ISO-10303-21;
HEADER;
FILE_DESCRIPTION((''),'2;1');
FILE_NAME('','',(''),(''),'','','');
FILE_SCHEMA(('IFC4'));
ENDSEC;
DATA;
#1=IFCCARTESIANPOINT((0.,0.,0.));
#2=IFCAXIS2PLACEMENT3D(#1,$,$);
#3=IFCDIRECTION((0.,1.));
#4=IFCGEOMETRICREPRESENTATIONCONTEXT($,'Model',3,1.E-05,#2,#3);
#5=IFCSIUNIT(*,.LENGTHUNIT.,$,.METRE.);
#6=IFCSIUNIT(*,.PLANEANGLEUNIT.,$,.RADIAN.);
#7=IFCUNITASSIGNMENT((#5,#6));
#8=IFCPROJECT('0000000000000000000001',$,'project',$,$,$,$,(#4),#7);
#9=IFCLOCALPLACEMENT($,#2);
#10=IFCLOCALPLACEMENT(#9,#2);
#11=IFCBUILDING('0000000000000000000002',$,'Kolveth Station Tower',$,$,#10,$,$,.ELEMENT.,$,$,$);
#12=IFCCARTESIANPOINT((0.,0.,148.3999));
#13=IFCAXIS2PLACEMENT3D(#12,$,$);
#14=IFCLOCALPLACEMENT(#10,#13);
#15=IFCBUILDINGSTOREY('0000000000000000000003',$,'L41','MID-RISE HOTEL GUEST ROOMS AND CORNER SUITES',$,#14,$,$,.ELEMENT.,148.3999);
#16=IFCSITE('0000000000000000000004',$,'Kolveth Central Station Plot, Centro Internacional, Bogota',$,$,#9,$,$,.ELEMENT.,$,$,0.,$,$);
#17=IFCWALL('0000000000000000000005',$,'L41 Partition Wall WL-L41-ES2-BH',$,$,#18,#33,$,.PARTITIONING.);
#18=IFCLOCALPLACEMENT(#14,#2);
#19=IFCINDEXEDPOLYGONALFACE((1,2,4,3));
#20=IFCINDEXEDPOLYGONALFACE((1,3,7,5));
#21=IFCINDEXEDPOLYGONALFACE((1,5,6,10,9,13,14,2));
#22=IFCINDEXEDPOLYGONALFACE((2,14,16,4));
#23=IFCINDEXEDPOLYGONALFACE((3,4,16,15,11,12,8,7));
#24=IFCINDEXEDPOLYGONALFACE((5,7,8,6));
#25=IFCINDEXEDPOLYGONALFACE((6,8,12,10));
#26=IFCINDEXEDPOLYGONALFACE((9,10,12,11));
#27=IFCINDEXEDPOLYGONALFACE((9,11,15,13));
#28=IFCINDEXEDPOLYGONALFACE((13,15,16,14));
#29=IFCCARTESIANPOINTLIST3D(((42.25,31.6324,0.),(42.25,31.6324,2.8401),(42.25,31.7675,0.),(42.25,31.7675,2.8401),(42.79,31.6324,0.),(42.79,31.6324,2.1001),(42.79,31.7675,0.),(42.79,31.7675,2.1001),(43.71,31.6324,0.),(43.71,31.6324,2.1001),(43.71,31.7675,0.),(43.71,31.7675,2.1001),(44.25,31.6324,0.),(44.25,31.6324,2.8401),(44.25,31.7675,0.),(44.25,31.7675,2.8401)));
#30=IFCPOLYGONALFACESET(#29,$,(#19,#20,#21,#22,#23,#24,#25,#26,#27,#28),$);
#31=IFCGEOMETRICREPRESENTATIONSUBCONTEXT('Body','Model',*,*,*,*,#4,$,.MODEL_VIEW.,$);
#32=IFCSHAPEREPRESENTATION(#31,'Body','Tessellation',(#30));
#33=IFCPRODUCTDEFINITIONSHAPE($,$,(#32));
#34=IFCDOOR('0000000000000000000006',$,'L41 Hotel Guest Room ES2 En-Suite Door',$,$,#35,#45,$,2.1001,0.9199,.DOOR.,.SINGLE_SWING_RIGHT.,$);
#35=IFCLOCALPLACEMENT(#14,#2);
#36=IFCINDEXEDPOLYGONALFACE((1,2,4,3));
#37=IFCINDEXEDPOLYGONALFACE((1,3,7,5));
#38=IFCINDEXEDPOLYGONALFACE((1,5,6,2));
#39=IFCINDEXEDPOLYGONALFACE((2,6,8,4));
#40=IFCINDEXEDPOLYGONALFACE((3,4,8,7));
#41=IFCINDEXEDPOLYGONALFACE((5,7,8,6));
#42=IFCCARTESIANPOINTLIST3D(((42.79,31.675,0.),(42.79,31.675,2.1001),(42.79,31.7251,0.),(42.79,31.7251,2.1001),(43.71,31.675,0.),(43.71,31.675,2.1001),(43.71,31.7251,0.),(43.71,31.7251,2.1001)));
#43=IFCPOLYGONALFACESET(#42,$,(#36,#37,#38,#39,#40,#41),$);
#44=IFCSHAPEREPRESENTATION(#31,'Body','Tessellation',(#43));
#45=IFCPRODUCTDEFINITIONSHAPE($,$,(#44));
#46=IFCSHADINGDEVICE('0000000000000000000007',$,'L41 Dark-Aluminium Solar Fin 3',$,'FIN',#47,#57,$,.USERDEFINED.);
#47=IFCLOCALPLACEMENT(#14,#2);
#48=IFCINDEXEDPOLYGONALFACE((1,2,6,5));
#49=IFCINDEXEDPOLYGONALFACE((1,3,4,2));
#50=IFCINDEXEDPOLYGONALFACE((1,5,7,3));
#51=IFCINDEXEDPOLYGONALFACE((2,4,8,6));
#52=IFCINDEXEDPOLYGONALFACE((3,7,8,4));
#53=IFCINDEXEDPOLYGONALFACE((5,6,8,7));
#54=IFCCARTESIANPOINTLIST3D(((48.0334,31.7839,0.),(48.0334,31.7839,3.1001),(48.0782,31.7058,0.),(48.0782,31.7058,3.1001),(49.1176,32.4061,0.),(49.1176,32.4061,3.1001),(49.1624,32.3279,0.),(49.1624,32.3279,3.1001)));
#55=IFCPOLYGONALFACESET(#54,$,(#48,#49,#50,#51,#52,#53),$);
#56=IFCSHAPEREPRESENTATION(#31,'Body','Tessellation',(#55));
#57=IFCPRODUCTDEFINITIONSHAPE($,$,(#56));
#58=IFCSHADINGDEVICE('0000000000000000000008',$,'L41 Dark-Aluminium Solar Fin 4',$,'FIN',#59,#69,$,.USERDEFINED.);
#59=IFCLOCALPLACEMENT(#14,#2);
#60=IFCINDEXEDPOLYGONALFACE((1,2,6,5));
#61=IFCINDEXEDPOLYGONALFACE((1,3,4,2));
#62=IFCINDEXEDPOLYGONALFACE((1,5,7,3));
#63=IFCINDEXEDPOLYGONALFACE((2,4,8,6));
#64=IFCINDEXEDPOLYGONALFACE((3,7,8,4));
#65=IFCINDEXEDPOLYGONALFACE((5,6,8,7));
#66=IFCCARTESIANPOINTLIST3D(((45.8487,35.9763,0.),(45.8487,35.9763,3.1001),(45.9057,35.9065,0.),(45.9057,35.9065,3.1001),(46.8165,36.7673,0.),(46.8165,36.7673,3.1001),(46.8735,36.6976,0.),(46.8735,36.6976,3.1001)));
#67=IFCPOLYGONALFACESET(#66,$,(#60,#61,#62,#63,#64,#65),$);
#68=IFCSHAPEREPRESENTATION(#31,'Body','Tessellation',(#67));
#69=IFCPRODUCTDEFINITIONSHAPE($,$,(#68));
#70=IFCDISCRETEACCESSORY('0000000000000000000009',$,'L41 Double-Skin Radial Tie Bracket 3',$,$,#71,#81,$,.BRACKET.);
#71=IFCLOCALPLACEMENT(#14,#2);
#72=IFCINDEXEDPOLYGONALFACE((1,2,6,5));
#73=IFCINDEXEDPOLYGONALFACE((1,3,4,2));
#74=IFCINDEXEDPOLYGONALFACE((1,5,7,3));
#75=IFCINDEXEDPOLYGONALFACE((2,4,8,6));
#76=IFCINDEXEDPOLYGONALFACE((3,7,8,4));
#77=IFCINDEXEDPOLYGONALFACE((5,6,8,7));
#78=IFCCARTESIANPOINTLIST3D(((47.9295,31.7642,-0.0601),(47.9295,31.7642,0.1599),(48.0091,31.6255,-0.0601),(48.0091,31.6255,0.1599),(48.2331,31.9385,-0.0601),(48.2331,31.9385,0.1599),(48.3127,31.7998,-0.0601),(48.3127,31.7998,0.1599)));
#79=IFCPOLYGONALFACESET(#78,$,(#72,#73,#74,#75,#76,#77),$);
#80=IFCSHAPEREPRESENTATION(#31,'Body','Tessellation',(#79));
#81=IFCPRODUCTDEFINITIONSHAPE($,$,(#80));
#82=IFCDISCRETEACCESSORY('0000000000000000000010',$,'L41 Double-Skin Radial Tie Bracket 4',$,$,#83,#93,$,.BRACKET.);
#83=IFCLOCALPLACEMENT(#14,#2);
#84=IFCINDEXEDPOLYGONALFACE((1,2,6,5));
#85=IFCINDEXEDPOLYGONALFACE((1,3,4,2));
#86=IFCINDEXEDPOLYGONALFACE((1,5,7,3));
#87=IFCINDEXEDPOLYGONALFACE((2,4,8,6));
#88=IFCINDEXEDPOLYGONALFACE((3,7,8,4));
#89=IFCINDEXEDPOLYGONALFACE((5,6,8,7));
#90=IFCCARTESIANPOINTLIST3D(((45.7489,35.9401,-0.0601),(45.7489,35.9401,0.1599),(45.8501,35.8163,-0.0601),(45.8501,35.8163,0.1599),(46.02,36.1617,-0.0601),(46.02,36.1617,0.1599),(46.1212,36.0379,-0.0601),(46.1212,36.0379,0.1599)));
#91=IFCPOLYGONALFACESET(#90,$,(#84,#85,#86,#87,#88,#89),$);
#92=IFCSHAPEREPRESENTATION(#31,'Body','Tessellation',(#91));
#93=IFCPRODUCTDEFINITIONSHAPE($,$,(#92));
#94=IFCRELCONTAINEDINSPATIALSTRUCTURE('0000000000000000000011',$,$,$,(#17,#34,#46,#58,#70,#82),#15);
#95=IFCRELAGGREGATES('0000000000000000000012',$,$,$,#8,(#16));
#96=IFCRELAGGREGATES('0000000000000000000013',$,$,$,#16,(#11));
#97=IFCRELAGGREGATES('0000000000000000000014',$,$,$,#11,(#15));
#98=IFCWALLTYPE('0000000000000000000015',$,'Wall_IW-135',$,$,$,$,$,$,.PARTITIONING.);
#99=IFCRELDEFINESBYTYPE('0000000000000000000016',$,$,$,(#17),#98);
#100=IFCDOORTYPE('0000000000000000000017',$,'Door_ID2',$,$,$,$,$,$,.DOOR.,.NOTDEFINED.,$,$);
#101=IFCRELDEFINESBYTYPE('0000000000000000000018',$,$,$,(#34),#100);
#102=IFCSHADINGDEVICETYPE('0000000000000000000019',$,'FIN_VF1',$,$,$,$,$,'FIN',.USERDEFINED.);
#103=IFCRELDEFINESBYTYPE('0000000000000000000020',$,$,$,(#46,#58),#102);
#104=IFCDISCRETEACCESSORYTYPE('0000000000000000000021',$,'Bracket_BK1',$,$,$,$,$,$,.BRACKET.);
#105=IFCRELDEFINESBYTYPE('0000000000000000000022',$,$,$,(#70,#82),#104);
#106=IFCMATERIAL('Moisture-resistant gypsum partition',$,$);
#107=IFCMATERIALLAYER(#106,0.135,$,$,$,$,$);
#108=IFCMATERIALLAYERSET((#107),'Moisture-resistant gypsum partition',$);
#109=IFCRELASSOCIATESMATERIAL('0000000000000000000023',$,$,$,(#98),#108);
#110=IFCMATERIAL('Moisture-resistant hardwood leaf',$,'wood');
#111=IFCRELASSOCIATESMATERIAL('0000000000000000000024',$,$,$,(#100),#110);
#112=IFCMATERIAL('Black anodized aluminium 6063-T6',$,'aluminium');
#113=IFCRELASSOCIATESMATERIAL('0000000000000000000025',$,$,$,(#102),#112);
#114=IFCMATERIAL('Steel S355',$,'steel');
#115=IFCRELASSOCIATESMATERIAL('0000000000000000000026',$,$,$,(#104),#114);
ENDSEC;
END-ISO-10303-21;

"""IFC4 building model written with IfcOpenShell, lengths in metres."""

from ifc_helpers import new_model, si_unit, direction, frame, frame_2d, origin, origin_2d, place, context, subcontext, project, spatial, rectangle, extrude, source, transform, mapped, material, layer, layer_set, type_object, element, fill, save


model = new_model("IFC4")

# Units and contexts
model_context = context("Model", 3, precision=1e-05, world=origin(), true_north=direction((0.0, 1.0)))
body_context = subcontext(model_context, "Body", "Model", "MODEL_VIEW")
ifc_project = project(units=[si_unit("LENGTHUNIT", "METRE"), si_unit("PLANEANGLEUNIT", "RADIAN")], contexts=[model_context])

# Site, building, storey
site_placement = place(None, origin())
site = spatial("IfcSite", under=ifc_project, at=site_placement, Name="Kolveth Central Station Plot, Centro Internacional, Bogota", CompositionType="ELEMENT", RefElevation=0.0)
building_placement = place(site_placement, origin())
building = spatial("IfcBuilding", under=site, at=building_placement, Name="Kolveth Station Tower", CompositionType="ELEMENT")
storey_placement = place(building_placement, frame((0.0, 0.0, 148.3999)))
storey = spatial("IfcBuildingStorey", under=building, at=storey_placement, Name="L41", Description="MID-RISE HOTEL GUEST ROOMS AND CORNER SUITES", CompositionType="ELEMENT", Elevation=148.3999)

# Shared definitions
ifc_material_1 = material(Name="Black anodized aluminium 6063-T6", Category="aluminium")

# Wall, opening, door
ifc_material_2 = material(Name="Moisture-resistant gypsum partition")
ifc_layer_1 = layer(ifc_material_2, 0.135)
ifc_layer_set_1 = layer_set([ifc_layer_1], Name="Moisture-resistant gypsum partition")
wall_type = type_object("IfcWallType", Name="Wall_IW-135", PredefinedType="PARTITIONING", material=ifc_layer_set_1)
wall_placement = place(storey_placement, frame((42.25, 31.7, 0.0), z_axis=(0.0, 0.0, 1.0), x_axis=(1.0, 0.0, 0.0)))
wall = element("IfcWall", 1, at=wall_placement, inside=storey, type_object=wall_type, Name="L41 Partition Wall WL-L41-ES2-BH", PredefinedType="PARTITIONING", context=body_context, shape_type="SweptSolid", body=[
    extrude(rectangle(XDim=2.0, YDim=0.135, at=frame_2d((1.0, 0.0))), origin(), (0.0, 0.0, 1.0), 2.8401),
])
opening_placement = place(wall_placement, frame((0.54, 0.0, 0.0)))
opening = element("IfcOpeningElement", 2, at=opening_placement, cuts=wall, PredefinedType="OPENING", context=body_context, shape_type="SweptSolid", body=[
    extrude(rectangle(XDim=0.9199, YDim=2.1001, at=frame_2d((0.46, 1.05))), frame((0.0, 0.0774, 0.0), z_axis=(0.0, -1.0, 0.0), x_axis=(1.0, 0.0, 0.0)), (0.0, 0.0, 1.0), 0.155),
])
ifc_material_3 = material(Name="Moisture-resistant hardwood leaf", Category="wood")
door_type = type_object("IfcDoorType", Name="Door_ID2", OperationType="NOTDEFINED", PredefinedType="DOOR", material=ifc_material_3)
door_placement = place(opening_placement, frame((0.9199, 0.0, 0.0), z_axis=(0.0, 0.0, 1.0), x_axis=(-1.0, 0.0, 0.0)))
door = element("IfcDoor", 3, at=door_placement, inside=storey, type_object=door_type, Name="L41 Hotel Guest Room ES2 En-Suite Door", OperationType="SINGLE_SWING_RIGHT", OverallHeight=2.1001, OverallWidth=0.9199, PredefinedType="DOOR", context=body_context, shape_type="SweptSolid", body=[
    extrude(rectangle(XDim=0.9199, YDim=2.1001, at=frame_2d((0.46, 1.05))), frame((0.0, 0.0249, 0.0), z_axis=(0.0, -1.0, 0.0), x_axis=(1.0, 0.0, 0.0)), (0.0, 0.0, 1.0), 0.05),
])
fill(opening, door)

# Shading devices
shading_device_type = type_object("IfcShadingDeviceType", Name="FIN_VF1", ElementType="FIN", PredefinedType="USERDEFINED", material=ifc_material_1)
shared_shape_1 = source(origin(), body_context, "Body", "SweptSolid", [
    extrude(rectangle(XDim=1.25, YDim=0.0901, at=origin_2d()), origin(), (0.0, 0.0, 1.0), 3.1001),
])
for number, where, z_axis, x_axis, name in (
    (4, (48.5979, 32.0559, 0.0), (0.0, 0.0, 1.0), (0.867331, 0.497731, 0.0), "L41 Dark-Aluminium Solar Fin 3"),
    (5, (46.3611, 36.3369, 0.0), (0.0, 0.0, 1.0), (0.774282, 0.63284, 0.0), "L41 Dark-Aluminium Solar Fin 4"),
):
    element("IfcShadingDevice", number, at=place(storey_placement, frame(where, z_axis=z_axis, x_axis=x_axis)), inside=storey, type_object=shading_device_type, Name=name, ObjectType="FIN", PredefinedType="USERDEFINED", context=body_context, shape_type="MappedRepresentation", body=[
        mapped(shared_shape_1, transform((0.0, 0.0, 0.0), x_axis=(1.0, 0.0, 0.0), y_axis=(0.0, 1.0, 0.0), z_axis=(0.0, 0.0, 1.0), scale=1.0)),
    ])

# Discrete accessories
ifc_material_4 = material(Name="Steel S355", Category="steel")
discrete_accessory_type = type_object("IfcDiscreteAccessoryType", Name="Bracket_BK1", PredefinedType="BRACKET", material=ifc_material_4)
shared_shape_2 = source(origin(), body_context, "Body", "SweptSolid", [
    extrude(rectangle(XDim=0.3501, YDim=0.1599, at=origin_2d()), origin(), (0.0, 0.0, 1.0), 0.22),
])
for number, where, z_axis, x_axis, name in (
    (6, (48.1211, 31.782, -0.0601), (0.0, 0.0, 1.0), (0.867331, 0.497731, 0.0), "L41 Double-Skin Radial Tie Bracket 3"),
    (7, (45.9351, 35.989, -0.0601), (0.0, 0.0, 1.0), (0.774282, 0.63284, 0.0), "L41 Double-Skin Radial Tie Bracket 4"),
):
    element("IfcDiscreteAccessory", number, at=place(storey_placement, frame(where, z_axis=z_axis, x_axis=x_axis)), inside=storey, type_object=discrete_accessory_type, Name=name, PredefinedType="BRACKET", context=body_context, shape_type="MappedRepresentation", body=[
        mapped(shared_shape_2, transform((0.0, 0.0, 0.0), x_axis=(1.0, 0.0, 0.0), y_axis=(0.0, 1.0, 0.0), z_axis=(0.0, 0.0, 1.0), scale=1.0)),
    ])

save(model, "model.ifc")
